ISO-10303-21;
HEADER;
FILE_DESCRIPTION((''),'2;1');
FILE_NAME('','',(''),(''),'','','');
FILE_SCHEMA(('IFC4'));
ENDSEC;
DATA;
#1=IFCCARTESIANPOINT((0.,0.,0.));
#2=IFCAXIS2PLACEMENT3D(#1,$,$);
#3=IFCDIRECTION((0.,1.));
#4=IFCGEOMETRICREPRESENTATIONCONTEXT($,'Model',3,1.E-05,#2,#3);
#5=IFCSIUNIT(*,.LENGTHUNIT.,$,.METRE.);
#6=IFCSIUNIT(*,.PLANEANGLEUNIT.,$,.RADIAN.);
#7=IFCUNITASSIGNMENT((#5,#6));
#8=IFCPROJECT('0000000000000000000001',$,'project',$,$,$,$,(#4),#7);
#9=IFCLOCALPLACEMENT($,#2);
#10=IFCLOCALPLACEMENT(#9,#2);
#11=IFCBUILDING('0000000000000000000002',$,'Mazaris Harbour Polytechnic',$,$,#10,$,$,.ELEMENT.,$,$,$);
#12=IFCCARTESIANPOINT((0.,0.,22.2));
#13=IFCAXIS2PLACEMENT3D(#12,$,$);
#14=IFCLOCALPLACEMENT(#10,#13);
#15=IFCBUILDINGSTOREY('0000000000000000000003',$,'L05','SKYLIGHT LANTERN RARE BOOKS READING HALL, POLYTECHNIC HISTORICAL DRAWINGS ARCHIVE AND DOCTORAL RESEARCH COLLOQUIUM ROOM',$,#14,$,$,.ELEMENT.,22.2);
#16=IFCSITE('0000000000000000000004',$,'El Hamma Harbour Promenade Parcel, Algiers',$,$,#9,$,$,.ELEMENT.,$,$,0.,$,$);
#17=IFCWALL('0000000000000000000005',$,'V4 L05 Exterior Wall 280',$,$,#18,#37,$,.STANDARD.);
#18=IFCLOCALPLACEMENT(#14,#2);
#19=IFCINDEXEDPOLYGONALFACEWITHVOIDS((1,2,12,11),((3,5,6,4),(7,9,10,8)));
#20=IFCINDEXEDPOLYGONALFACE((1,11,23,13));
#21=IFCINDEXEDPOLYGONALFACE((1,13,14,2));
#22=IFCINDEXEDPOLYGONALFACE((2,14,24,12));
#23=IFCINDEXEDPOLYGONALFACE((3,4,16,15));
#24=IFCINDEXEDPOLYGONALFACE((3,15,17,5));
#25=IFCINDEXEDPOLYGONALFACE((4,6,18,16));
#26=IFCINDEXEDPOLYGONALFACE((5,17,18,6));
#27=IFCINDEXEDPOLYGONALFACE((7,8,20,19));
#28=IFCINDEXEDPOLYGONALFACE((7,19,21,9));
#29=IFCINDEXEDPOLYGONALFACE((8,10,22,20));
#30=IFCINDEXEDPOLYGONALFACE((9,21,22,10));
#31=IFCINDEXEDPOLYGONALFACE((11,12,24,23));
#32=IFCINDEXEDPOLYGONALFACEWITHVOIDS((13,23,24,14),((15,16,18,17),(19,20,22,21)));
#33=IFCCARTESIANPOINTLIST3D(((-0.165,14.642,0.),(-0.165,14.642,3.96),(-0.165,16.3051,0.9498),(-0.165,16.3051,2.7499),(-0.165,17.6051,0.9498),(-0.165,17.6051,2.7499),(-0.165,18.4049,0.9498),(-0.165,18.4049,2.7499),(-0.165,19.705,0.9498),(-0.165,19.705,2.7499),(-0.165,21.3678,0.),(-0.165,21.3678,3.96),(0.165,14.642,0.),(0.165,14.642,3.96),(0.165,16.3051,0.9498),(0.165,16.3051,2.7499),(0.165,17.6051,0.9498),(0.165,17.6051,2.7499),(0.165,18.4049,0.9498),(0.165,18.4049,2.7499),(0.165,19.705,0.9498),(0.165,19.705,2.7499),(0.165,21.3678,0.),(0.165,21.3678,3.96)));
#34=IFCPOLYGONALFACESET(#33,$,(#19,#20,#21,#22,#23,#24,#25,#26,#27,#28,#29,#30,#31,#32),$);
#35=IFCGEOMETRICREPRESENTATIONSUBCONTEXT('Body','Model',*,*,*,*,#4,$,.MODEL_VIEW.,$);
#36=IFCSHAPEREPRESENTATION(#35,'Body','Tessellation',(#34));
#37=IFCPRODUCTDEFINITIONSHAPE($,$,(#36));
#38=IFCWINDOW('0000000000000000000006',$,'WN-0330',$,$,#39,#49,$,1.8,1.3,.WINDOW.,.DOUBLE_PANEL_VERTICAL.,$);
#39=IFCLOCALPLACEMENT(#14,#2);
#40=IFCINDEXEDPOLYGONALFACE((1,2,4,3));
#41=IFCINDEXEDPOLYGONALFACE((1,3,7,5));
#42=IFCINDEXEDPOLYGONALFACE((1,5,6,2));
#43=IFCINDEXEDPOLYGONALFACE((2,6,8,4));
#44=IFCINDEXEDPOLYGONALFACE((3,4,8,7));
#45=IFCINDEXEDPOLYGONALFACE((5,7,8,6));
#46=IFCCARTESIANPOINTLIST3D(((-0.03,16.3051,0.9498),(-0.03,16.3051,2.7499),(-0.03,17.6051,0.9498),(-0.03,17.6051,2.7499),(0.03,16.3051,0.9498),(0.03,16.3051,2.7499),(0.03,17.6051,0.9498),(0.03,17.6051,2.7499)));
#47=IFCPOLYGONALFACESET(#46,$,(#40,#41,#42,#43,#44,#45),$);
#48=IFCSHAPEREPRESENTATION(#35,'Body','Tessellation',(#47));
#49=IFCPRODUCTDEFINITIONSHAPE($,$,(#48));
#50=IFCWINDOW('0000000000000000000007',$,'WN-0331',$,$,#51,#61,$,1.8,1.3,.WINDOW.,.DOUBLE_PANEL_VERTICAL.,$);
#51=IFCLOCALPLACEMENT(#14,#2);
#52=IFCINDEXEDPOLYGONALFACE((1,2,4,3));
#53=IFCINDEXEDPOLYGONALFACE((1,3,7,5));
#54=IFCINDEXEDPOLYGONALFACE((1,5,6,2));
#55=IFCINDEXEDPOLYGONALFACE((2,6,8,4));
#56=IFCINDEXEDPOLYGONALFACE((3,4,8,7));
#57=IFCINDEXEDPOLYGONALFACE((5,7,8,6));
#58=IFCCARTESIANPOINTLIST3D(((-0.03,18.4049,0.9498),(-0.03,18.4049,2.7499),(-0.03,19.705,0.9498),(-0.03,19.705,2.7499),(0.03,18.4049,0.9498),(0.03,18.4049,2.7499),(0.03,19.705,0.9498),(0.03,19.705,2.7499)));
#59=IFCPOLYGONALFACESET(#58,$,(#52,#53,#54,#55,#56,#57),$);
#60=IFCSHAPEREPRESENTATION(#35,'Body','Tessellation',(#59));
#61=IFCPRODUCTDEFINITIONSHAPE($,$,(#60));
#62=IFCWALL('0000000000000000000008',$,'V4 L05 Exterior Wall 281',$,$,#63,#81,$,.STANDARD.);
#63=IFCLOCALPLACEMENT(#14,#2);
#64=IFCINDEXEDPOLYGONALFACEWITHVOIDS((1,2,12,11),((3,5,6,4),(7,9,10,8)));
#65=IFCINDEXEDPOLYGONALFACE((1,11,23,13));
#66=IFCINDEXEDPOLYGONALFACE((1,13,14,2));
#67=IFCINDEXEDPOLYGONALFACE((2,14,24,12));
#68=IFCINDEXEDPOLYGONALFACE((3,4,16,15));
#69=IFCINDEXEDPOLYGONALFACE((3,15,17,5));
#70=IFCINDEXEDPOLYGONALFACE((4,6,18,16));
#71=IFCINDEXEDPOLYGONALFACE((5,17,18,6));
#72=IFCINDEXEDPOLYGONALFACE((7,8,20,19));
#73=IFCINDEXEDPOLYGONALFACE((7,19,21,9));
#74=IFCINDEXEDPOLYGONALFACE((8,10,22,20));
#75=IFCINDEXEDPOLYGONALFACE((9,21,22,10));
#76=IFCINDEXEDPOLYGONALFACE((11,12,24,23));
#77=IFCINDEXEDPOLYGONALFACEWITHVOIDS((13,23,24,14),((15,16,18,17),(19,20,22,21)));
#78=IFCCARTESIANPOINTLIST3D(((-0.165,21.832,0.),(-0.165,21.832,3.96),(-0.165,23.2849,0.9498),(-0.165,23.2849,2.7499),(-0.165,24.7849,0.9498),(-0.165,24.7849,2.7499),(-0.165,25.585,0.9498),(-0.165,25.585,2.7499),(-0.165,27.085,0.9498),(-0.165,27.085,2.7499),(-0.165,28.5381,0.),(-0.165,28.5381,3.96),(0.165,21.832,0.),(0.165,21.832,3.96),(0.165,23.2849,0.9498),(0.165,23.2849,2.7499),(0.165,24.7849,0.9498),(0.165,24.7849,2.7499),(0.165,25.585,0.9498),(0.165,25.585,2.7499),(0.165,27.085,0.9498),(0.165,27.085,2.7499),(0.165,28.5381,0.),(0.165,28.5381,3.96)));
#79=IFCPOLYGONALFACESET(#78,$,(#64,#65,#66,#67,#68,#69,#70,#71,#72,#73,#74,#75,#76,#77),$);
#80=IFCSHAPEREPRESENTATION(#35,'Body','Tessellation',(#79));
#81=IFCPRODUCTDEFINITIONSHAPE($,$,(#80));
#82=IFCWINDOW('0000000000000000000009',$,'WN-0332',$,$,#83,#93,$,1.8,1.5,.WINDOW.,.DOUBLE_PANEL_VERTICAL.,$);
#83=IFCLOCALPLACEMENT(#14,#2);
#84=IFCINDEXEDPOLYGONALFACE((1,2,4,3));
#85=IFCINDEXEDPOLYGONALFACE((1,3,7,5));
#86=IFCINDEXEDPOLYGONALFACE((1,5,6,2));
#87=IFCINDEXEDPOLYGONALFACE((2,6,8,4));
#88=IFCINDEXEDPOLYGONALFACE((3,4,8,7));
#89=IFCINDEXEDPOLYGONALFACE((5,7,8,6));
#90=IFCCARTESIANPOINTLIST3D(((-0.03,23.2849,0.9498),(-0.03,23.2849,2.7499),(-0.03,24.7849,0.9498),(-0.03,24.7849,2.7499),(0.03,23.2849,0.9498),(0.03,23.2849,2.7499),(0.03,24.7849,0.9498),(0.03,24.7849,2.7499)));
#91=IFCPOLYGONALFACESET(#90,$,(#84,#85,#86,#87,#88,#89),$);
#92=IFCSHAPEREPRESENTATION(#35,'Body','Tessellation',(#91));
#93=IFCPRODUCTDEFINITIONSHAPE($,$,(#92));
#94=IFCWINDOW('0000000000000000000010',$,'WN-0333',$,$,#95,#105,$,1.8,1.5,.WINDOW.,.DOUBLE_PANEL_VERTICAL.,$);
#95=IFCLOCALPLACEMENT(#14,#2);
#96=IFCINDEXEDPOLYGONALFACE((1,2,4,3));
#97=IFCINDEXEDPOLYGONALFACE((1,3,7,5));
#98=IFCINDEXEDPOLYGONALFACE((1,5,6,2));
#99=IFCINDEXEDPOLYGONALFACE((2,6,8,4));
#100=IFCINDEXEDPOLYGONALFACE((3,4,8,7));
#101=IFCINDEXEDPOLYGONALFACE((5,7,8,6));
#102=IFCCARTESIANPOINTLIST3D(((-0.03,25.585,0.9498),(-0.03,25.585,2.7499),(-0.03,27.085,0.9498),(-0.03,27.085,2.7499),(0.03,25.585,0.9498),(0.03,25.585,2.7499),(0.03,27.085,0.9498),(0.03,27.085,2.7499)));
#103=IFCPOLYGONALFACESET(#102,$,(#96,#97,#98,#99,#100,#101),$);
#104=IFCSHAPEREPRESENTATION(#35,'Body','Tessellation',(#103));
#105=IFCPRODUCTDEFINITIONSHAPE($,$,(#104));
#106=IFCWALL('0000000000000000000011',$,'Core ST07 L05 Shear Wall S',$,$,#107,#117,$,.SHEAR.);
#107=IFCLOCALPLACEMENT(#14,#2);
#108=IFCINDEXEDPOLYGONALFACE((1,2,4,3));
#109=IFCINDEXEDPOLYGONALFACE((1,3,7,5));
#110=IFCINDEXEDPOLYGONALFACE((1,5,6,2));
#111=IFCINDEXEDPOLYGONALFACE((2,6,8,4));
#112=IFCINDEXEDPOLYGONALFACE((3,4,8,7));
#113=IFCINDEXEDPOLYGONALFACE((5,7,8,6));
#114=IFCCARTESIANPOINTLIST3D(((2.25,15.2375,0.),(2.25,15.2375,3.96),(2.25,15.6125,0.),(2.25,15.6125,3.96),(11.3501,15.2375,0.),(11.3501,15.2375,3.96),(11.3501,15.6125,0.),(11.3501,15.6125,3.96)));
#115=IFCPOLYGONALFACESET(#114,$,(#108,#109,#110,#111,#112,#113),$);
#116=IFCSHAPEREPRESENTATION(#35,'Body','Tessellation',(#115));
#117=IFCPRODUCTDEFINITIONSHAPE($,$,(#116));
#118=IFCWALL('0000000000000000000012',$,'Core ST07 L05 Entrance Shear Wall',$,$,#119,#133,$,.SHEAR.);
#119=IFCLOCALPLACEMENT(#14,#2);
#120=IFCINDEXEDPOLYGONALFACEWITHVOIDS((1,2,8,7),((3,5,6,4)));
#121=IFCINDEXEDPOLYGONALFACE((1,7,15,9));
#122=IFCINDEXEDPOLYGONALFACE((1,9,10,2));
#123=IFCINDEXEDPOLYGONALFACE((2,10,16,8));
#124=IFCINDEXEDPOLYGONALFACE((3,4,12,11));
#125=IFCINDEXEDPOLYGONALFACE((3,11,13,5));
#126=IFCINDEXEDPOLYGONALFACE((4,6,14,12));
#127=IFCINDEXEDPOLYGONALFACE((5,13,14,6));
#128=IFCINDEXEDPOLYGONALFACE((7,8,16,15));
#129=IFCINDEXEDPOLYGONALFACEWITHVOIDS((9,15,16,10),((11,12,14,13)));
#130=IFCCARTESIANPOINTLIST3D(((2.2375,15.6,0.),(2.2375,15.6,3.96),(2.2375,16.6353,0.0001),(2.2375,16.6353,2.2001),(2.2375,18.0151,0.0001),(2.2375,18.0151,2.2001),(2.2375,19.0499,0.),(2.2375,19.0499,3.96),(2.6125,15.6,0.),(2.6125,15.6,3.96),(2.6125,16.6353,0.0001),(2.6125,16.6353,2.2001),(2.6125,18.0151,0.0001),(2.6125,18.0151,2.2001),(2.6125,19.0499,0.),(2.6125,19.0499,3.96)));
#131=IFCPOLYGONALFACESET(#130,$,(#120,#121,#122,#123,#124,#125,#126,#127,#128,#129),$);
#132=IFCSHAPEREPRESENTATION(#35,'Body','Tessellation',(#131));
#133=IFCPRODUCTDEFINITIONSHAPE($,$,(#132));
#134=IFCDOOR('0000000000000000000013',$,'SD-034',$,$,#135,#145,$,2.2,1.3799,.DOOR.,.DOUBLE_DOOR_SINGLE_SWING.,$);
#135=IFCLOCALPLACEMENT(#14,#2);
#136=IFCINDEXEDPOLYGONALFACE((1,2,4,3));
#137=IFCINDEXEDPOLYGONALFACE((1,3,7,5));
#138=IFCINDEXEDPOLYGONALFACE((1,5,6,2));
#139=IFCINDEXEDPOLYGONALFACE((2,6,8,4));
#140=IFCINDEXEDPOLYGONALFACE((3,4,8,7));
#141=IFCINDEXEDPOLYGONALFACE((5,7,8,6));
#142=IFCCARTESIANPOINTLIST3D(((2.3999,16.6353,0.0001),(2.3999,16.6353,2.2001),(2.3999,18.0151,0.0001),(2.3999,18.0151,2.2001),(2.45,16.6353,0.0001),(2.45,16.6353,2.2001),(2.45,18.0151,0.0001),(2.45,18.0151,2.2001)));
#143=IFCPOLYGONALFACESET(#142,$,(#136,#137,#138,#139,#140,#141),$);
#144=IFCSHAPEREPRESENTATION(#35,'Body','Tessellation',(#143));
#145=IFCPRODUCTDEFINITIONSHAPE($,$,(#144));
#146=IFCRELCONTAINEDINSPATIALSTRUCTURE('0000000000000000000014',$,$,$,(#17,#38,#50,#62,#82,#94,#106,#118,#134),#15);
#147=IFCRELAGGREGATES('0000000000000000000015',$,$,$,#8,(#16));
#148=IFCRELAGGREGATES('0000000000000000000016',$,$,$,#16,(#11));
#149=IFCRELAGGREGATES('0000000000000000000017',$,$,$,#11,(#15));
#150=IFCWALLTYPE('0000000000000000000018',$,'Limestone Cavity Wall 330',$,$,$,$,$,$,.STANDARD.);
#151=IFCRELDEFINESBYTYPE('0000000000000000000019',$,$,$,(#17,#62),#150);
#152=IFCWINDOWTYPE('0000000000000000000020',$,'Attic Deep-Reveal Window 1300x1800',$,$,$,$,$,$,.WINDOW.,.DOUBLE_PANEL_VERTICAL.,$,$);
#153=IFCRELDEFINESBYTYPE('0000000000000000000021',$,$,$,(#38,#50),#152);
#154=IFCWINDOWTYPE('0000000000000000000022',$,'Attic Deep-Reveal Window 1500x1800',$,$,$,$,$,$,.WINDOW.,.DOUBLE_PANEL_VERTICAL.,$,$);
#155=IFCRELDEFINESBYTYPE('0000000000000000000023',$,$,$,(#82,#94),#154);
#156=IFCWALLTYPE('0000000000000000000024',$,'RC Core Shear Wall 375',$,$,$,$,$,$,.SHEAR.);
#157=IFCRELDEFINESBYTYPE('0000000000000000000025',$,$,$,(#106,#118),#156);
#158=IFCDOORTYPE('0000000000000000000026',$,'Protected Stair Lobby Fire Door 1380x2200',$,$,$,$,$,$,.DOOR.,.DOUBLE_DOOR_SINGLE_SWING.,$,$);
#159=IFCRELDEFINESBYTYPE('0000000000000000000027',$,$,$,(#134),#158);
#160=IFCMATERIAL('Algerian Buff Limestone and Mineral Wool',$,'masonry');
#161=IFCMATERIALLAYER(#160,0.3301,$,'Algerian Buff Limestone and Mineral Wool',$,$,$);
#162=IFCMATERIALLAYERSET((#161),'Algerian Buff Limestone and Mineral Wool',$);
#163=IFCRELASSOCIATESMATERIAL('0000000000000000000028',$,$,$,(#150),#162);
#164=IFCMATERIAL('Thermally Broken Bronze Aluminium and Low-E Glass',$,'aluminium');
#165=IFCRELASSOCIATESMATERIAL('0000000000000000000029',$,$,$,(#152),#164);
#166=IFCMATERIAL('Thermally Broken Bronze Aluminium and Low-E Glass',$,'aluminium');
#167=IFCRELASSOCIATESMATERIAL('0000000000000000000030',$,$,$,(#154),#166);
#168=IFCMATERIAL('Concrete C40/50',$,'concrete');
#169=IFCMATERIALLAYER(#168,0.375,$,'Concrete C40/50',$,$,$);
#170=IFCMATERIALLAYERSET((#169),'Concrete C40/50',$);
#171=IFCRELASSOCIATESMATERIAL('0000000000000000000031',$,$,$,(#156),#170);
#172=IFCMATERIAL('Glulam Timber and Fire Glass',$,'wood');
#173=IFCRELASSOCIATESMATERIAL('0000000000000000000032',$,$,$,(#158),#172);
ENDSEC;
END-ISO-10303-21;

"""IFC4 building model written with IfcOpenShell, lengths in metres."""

from ifc_helpers import new_model, si_unit, direction, frame, frame_2d, origin, place, context, subcontext, project, spatial, rectangle, extrude, material, layer, layer_set, type_object, element, fill, save


model = new_model("IFC4")

# Units and contexts
model_context = context("Model", 3, precision=1e-05, world=origin(), true_north=direction((0.0, 1.0)))
body_context = subcontext(model_context, "Body", "Model", "MODEL_VIEW")
ifc_project = project(units=[si_unit("LENGTHUNIT", "METRE"), si_unit("PLANEANGLEUNIT", "RADIAN")], contexts=[model_context])

# Site, building, storey
site_placement = place(None, origin())
site = spatial("IfcSite", under=ifc_project, at=site_placement, Name="El Hamma Harbour Promenade Parcel, Algiers", CompositionType="ELEMENT", RefElevation=0.0)
building_placement = place(site_placement, origin())
building = spatial("IfcBuilding", under=site, at=building_placement, Name="Mazaris Harbour Polytechnic", CompositionType="ELEMENT")
storey_placement = place(building_placement, frame((0.0, 0.0, 22.2)))
storey = spatial("IfcBuildingStorey", under=building, at=storey_placement, Name="L05", Description="SKYLIGHT LANTERN RARE BOOKS READING HALL, POLYTECHNIC HISTORICAL DRAWINGS ARCHIVE AND DOCTORAL RESEARCH COLLOQUIUM ROOM", CompositionType="ELEMENT", Elevation=22.2)

# Walls, openings, windows
ifc_material_1 = material(Name="Algerian Buff Limestone and Mineral Wool", Category="masonry")
ifc_layer_1 = layer(ifc_material_1, 0.3301, Name="Algerian Buff Limestone and Mineral Wool")
ifc_layer_set_1 = layer_set([ifc_layer_1], Name="Algerian Buff Limestone and Mineral Wool")
wall_type_1 = type_object("IfcWallType", Name="Limestone Cavity Wall 330", PredefinedType="STANDARD", material=ifc_layer_set_1)
wall_1_placement = place(storey_placement, frame((0.0, 14.6421, 0.0), z_axis=(0.0, 0.0, 1.0), x_axis=(0.0, 1.0, 0.0)))
wall_1 = element("IfcWall", 1, at=wall_1_placement, inside=storey, type_object=wall_type_1, Name="V4 L05 Exterior Wall 280", PredefinedType="STANDARD", context=body_context, shape_type="SweptSolid", body=[
    extrude(rectangle(XDim=6.7258, YDim=0.3301, at=frame_2d((3.3628, 0.0))), origin(), (0.0, 0.0, 1.0), 3.96),
])
opening_1_placement = place(wall_1_placement, frame((1.6631, 0.0, 0.95)))
opening_1 = element("IfcOpeningElement", 2, at=opening_1_placement, cuts=wall_1, PredefinedType="OPENING", context=body_context, shape_type="SweptSolid", body=[
    extrude(rectangle(XDim=1.3, YDim=1.8, at=frame_2d((0.6499, 0.8999))), frame((0.0, 0.175, 0.0), z_axis=(0.0, -1.0, 0.0), x_axis=(1.0, 0.0, 0.0)), (0.0, 0.0, 1.0), 0.3501),
])
opening_2_placement = place(wall_1_placement, frame((3.7629, 0.0, 0.95)))
opening_2 = element("IfcOpeningElement", 3, at=opening_2_placement, cuts=wall_1, PredefinedType="OPENING", context=body_context, shape_type="SweptSolid", body=[
    extrude(rectangle(XDim=1.3, YDim=1.8, at=frame_2d((0.6499, 0.8999))), frame((0.0, 0.175, 0.0), z_axis=(0.0, -1.0, 0.0), x_axis=(1.0, 0.0, 0.0)), (0.0, 0.0, 1.0), 0.3501),
])
ifc_material_2 = material(Name="Thermally Broken Bronze Aluminium and Low-E Glass", Category="aluminium")
window_type_1 = type_object("IfcWindowType", Name="Attic Deep-Reveal Window 1300x1800", PartitioningType="DOUBLE_PANEL_VERTICAL", PredefinedType="WINDOW", material=ifc_material_2)
window_1_placement = place(opening_1_placement, origin())
window_1 = element("IfcWindow", 4, at=window_1_placement, inside=storey, type_object=window_type_1, Name="WN-0330", OverallHeight=1.8, OverallWidth=1.3, PartitioningType="DOUBLE_PANEL_VERTICAL", PredefinedType="WINDOW", context=body_context, shape_type="SweptSolid", body=[
    extrude(rectangle(XDim=1.3, YDim=1.8, at=frame_2d((0.6499, 0.8999))), frame((0.0, 0.03, 0.0), z_axis=(0.0, -1.0, 0.0), x_axis=(1.0, 0.0, 0.0)), (0.0, 0.0, 1.0), 0.0601),
])
fill(opening_1, window_1)
window_2_placement = place(opening_2_placement, origin())
window_2 = element("IfcWindow", 5, at=window_2_placement, inside=storey, type_object=window_type_1, Name="WN-0331", OverallHeight=1.8, OverallWidth=1.3, PartitioningType="DOUBLE_PANEL_VERTICAL", PredefinedType="WINDOW", context=body_context, shape_type="SweptSolid", body=[
    extrude(rectangle(XDim=1.3, YDim=1.8, at=frame_2d((0.6499, 0.8999))), frame((0.0, 0.03, 0.0), z_axis=(0.0, -1.0, 0.0), x_axis=(1.0, 0.0, 0.0)), (0.0, 0.0, 1.0), 0.0601),
])
fill(opening_2, window_2)
wall_2_placement = place(storey_placement, frame((0.0, 21.832, 0.0), z_axis=(0.0, 0.0, 1.0), x_axis=(0.0, 1.0, 0.0)))
wall_2 = element("IfcWall", 6, at=wall_2_placement, inside=storey, type_object=wall_type_1, Name="V4 L05 Exterior Wall 281", PredefinedType="STANDARD", context=body_context, shape_type="SweptSolid", body=[
    extrude(rectangle(XDim=6.7061, YDim=0.3301, at=frame_2d((3.353, 0.0))), origin(), (0.0, 0.0, 1.0), 3.96),
])
opening_3_placement = place(wall_2_placement, frame((1.4529, 0.0, 0.95)))
opening_3 = element("IfcOpeningElement", 7, at=opening_3_placement, cuts=wall_2, PredefinedType="OPENING", context=body_context, shape_type="SweptSolid", body=[
    extrude(rectangle(XDim=1.5, YDim=1.8, at=frame_2d((0.75, 0.8999))), frame((0.0, 0.175, 0.0), z_axis=(0.0, -1.0, 0.0), x_axis=(1.0, 0.0, 0.0)), (0.0, 0.0, 1.0), 0.3501),
])
opening_4_placement = place(wall_2_placement, frame((3.7529, 0.0, 0.95)))
opening_4 = element("IfcOpeningElement", 8, at=opening_4_placement, cuts=wall_2, PredefinedType="OPENING", context=body_context, shape_type="SweptSolid", body=[
    extrude(rectangle(XDim=1.5, YDim=1.8, at=frame_2d((0.75, 0.8999))), frame((0.0, 0.175, 0.0), z_axis=(0.0, -1.0, 0.0), x_axis=(1.0, 0.0, 0.0)), (0.0, 0.0, 1.0), 0.3501),
])
ifc_material_3 = material(Name="Thermally Broken Bronze Aluminium and Low-E Glass", Category="aluminium")
window_type_2 = type_object("IfcWindowType", Name="Attic Deep-Reveal Window 1500x1800", PartitioningType="DOUBLE_PANEL_VERTICAL", PredefinedType="WINDOW", material=ifc_material_3)
window_3_placement = place(opening_3_placement, origin())
window_3 = element("IfcWindow", 9, at=window_3_placement, inside=storey, type_object=window_type_2, Name="WN-0332", OverallHeight=1.8, OverallWidth=1.5, PartitioningType="DOUBLE_PANEL_VERTICAL", PredefinedType="WINDOW", context=body_context, shape_type="SweptSolid", body=[
    extrude(rectangle(XDim=1.5, YDim=1.8, at=frame_2d((0.75, 0.8999))), frame((0.0, 0.03, 0.0), z_axis=(0.0, -1.0, 0.0), x_axis=(1.0, 0.0, 0.0)), (0.0, 0.0, 1.0), 0.0601),
])
fill(opening_3, window_3)
window_4_placement = place(opening_4_placement, origin())
window_4 = element("IfcWindow", 10, at=window_4_placement, inside=storey, type_object=window_type_2, Name="WN-0333", OverallHeight=1.8, OverallWidth=1.5, PartitioningType="DOUBLE_PANEL_VERTICAL", PredefinedType="WINDOW", context=body_context, shape_type="SweptSolid", body=[
    extrude(rectangle(XDim=1.5, YDim=1.8, at=frame_2d((0.75, 0.8999))), frame((0.0, 0.03, 0.0), z_axis=(0.0, -1.0, 0.0), x_axis=(1.0, 0.0, 0.0)), (0.0, 0.0, 1.0), 0.0601),
])
fill(opening_4, window_4)

# Wall
ifc_material_4 = material(Name="Concrete C40/50", Category="concrete")
ifc_layer_2 = layer(ifc_material_4, 0.375, Name="Concrete C40/50")
ifc_layer_set_2 = layer_set([ifc_layer_2], Name="Concrete C40/50")
wall_type_2 = type_object("IfcWallType", Name="RC Core Shear Wall 375", PredefinedType="SHEAR", material=ifc_layer_set_2)
wall_3_placement = place(storey_placement, frame((2.25, 15.425, 0.0), z_axis=(0.0, 0.0, 1.0), x_axis=(1.0, 0.0, 0.0)))
element("IfcWall", 11, at=wall_3_placement, inside=storey, type_object=wall_type_2, Name="Core ST07 L05 Shear Wall S", PredefinedType="SHEAR", context=body_context, shape_type="SweptSolid", body=[
    extrude(rectangle(XDim=9.1001, YDim=0.375, at=frame_2d((4.55, 0.0))), origin(), (0.0, 0.0, 1.0), 3.96),
])

# Wall, opening, door
wall_4_placement = place(storey_placement, frame((2.425, 19.05, 0.0), z_axis=(0.0, 0.0, 1.0), x_axis=(0.0, -1.0, 0.0)))
wall_4 = element("IfcWall", 12, at=wall_4_placement, inside=storey, type_object=wall_type_2, Name="Core ST07 L05 Entrance Shear Wall", PredefinedType="SHEAR", context=body_context, shape_type="SweptSolid", body=[
    extrude(rectangle(XDim=3.45, YDim=0.375, at=frame_2d((1.7251, 0.0))), origin(), (0.0, 0.0, 1.0), 3.96),
])
opening_5_placement = place(wall_4_placement, frame((1.0349, 0.0, 0.0)))
opening_5 = element("IfcOpeningElement", 13, at=opening_5_placement, cuts=wall_4, PredefinedType="OPENING", context=body_context, shape_type="SweptSolid", body=[
    extrude(rectangle(XDim=1.3799, YDim=2.2, at=frame_2d((0.6899, 1.1001))), frame((0.0, 0.1975, 0.0), z_axis=(0.0, -1.0, 0.0), x_axis=(1.0, 0.0, 0.0)), (0.0, 0.0, 1.0), 0.395),
])
ifc_material_5 = material(Name="Glulam Timber and Fire Glass", Category="wood")
door_type_1 = type_object("IfcDoorType", Name="Protected Stair Lobby Fire Door 1380x2200", OperationType="DOUBLE_DOOR_SINGLE_SWING", PredefinedType="DOOR", material=ifc_material_5)
door_1_placement = place(opening_5_placement, origin())
door_1 = element("IfcDoor", 14, at=door_1_placement, inside=storey, type_object=door_type_1, Name="SD-034", OperationType="DOUBLE_DOOR_SINGLE_SWING", OverallHeight=2.2, OverallWidth=1.3799, PredefinedType="DOOR", context=body_context, shape_type="SweptSolid", body=[
    extrude(rectangle(XDim=1.3799, YDim=2.2, at=frame_2d((0.6899, 1.1001))), frame((0.0, 0.0249, 0.0), z_axis=(0.0, -1.0, 0.0), x_axis=(1.0, 0.0, 0.0)), (0.0, 0.0, 1.0), 0.05),
])
fill(opening_5, door_1)

save(model, "model.ifc")
